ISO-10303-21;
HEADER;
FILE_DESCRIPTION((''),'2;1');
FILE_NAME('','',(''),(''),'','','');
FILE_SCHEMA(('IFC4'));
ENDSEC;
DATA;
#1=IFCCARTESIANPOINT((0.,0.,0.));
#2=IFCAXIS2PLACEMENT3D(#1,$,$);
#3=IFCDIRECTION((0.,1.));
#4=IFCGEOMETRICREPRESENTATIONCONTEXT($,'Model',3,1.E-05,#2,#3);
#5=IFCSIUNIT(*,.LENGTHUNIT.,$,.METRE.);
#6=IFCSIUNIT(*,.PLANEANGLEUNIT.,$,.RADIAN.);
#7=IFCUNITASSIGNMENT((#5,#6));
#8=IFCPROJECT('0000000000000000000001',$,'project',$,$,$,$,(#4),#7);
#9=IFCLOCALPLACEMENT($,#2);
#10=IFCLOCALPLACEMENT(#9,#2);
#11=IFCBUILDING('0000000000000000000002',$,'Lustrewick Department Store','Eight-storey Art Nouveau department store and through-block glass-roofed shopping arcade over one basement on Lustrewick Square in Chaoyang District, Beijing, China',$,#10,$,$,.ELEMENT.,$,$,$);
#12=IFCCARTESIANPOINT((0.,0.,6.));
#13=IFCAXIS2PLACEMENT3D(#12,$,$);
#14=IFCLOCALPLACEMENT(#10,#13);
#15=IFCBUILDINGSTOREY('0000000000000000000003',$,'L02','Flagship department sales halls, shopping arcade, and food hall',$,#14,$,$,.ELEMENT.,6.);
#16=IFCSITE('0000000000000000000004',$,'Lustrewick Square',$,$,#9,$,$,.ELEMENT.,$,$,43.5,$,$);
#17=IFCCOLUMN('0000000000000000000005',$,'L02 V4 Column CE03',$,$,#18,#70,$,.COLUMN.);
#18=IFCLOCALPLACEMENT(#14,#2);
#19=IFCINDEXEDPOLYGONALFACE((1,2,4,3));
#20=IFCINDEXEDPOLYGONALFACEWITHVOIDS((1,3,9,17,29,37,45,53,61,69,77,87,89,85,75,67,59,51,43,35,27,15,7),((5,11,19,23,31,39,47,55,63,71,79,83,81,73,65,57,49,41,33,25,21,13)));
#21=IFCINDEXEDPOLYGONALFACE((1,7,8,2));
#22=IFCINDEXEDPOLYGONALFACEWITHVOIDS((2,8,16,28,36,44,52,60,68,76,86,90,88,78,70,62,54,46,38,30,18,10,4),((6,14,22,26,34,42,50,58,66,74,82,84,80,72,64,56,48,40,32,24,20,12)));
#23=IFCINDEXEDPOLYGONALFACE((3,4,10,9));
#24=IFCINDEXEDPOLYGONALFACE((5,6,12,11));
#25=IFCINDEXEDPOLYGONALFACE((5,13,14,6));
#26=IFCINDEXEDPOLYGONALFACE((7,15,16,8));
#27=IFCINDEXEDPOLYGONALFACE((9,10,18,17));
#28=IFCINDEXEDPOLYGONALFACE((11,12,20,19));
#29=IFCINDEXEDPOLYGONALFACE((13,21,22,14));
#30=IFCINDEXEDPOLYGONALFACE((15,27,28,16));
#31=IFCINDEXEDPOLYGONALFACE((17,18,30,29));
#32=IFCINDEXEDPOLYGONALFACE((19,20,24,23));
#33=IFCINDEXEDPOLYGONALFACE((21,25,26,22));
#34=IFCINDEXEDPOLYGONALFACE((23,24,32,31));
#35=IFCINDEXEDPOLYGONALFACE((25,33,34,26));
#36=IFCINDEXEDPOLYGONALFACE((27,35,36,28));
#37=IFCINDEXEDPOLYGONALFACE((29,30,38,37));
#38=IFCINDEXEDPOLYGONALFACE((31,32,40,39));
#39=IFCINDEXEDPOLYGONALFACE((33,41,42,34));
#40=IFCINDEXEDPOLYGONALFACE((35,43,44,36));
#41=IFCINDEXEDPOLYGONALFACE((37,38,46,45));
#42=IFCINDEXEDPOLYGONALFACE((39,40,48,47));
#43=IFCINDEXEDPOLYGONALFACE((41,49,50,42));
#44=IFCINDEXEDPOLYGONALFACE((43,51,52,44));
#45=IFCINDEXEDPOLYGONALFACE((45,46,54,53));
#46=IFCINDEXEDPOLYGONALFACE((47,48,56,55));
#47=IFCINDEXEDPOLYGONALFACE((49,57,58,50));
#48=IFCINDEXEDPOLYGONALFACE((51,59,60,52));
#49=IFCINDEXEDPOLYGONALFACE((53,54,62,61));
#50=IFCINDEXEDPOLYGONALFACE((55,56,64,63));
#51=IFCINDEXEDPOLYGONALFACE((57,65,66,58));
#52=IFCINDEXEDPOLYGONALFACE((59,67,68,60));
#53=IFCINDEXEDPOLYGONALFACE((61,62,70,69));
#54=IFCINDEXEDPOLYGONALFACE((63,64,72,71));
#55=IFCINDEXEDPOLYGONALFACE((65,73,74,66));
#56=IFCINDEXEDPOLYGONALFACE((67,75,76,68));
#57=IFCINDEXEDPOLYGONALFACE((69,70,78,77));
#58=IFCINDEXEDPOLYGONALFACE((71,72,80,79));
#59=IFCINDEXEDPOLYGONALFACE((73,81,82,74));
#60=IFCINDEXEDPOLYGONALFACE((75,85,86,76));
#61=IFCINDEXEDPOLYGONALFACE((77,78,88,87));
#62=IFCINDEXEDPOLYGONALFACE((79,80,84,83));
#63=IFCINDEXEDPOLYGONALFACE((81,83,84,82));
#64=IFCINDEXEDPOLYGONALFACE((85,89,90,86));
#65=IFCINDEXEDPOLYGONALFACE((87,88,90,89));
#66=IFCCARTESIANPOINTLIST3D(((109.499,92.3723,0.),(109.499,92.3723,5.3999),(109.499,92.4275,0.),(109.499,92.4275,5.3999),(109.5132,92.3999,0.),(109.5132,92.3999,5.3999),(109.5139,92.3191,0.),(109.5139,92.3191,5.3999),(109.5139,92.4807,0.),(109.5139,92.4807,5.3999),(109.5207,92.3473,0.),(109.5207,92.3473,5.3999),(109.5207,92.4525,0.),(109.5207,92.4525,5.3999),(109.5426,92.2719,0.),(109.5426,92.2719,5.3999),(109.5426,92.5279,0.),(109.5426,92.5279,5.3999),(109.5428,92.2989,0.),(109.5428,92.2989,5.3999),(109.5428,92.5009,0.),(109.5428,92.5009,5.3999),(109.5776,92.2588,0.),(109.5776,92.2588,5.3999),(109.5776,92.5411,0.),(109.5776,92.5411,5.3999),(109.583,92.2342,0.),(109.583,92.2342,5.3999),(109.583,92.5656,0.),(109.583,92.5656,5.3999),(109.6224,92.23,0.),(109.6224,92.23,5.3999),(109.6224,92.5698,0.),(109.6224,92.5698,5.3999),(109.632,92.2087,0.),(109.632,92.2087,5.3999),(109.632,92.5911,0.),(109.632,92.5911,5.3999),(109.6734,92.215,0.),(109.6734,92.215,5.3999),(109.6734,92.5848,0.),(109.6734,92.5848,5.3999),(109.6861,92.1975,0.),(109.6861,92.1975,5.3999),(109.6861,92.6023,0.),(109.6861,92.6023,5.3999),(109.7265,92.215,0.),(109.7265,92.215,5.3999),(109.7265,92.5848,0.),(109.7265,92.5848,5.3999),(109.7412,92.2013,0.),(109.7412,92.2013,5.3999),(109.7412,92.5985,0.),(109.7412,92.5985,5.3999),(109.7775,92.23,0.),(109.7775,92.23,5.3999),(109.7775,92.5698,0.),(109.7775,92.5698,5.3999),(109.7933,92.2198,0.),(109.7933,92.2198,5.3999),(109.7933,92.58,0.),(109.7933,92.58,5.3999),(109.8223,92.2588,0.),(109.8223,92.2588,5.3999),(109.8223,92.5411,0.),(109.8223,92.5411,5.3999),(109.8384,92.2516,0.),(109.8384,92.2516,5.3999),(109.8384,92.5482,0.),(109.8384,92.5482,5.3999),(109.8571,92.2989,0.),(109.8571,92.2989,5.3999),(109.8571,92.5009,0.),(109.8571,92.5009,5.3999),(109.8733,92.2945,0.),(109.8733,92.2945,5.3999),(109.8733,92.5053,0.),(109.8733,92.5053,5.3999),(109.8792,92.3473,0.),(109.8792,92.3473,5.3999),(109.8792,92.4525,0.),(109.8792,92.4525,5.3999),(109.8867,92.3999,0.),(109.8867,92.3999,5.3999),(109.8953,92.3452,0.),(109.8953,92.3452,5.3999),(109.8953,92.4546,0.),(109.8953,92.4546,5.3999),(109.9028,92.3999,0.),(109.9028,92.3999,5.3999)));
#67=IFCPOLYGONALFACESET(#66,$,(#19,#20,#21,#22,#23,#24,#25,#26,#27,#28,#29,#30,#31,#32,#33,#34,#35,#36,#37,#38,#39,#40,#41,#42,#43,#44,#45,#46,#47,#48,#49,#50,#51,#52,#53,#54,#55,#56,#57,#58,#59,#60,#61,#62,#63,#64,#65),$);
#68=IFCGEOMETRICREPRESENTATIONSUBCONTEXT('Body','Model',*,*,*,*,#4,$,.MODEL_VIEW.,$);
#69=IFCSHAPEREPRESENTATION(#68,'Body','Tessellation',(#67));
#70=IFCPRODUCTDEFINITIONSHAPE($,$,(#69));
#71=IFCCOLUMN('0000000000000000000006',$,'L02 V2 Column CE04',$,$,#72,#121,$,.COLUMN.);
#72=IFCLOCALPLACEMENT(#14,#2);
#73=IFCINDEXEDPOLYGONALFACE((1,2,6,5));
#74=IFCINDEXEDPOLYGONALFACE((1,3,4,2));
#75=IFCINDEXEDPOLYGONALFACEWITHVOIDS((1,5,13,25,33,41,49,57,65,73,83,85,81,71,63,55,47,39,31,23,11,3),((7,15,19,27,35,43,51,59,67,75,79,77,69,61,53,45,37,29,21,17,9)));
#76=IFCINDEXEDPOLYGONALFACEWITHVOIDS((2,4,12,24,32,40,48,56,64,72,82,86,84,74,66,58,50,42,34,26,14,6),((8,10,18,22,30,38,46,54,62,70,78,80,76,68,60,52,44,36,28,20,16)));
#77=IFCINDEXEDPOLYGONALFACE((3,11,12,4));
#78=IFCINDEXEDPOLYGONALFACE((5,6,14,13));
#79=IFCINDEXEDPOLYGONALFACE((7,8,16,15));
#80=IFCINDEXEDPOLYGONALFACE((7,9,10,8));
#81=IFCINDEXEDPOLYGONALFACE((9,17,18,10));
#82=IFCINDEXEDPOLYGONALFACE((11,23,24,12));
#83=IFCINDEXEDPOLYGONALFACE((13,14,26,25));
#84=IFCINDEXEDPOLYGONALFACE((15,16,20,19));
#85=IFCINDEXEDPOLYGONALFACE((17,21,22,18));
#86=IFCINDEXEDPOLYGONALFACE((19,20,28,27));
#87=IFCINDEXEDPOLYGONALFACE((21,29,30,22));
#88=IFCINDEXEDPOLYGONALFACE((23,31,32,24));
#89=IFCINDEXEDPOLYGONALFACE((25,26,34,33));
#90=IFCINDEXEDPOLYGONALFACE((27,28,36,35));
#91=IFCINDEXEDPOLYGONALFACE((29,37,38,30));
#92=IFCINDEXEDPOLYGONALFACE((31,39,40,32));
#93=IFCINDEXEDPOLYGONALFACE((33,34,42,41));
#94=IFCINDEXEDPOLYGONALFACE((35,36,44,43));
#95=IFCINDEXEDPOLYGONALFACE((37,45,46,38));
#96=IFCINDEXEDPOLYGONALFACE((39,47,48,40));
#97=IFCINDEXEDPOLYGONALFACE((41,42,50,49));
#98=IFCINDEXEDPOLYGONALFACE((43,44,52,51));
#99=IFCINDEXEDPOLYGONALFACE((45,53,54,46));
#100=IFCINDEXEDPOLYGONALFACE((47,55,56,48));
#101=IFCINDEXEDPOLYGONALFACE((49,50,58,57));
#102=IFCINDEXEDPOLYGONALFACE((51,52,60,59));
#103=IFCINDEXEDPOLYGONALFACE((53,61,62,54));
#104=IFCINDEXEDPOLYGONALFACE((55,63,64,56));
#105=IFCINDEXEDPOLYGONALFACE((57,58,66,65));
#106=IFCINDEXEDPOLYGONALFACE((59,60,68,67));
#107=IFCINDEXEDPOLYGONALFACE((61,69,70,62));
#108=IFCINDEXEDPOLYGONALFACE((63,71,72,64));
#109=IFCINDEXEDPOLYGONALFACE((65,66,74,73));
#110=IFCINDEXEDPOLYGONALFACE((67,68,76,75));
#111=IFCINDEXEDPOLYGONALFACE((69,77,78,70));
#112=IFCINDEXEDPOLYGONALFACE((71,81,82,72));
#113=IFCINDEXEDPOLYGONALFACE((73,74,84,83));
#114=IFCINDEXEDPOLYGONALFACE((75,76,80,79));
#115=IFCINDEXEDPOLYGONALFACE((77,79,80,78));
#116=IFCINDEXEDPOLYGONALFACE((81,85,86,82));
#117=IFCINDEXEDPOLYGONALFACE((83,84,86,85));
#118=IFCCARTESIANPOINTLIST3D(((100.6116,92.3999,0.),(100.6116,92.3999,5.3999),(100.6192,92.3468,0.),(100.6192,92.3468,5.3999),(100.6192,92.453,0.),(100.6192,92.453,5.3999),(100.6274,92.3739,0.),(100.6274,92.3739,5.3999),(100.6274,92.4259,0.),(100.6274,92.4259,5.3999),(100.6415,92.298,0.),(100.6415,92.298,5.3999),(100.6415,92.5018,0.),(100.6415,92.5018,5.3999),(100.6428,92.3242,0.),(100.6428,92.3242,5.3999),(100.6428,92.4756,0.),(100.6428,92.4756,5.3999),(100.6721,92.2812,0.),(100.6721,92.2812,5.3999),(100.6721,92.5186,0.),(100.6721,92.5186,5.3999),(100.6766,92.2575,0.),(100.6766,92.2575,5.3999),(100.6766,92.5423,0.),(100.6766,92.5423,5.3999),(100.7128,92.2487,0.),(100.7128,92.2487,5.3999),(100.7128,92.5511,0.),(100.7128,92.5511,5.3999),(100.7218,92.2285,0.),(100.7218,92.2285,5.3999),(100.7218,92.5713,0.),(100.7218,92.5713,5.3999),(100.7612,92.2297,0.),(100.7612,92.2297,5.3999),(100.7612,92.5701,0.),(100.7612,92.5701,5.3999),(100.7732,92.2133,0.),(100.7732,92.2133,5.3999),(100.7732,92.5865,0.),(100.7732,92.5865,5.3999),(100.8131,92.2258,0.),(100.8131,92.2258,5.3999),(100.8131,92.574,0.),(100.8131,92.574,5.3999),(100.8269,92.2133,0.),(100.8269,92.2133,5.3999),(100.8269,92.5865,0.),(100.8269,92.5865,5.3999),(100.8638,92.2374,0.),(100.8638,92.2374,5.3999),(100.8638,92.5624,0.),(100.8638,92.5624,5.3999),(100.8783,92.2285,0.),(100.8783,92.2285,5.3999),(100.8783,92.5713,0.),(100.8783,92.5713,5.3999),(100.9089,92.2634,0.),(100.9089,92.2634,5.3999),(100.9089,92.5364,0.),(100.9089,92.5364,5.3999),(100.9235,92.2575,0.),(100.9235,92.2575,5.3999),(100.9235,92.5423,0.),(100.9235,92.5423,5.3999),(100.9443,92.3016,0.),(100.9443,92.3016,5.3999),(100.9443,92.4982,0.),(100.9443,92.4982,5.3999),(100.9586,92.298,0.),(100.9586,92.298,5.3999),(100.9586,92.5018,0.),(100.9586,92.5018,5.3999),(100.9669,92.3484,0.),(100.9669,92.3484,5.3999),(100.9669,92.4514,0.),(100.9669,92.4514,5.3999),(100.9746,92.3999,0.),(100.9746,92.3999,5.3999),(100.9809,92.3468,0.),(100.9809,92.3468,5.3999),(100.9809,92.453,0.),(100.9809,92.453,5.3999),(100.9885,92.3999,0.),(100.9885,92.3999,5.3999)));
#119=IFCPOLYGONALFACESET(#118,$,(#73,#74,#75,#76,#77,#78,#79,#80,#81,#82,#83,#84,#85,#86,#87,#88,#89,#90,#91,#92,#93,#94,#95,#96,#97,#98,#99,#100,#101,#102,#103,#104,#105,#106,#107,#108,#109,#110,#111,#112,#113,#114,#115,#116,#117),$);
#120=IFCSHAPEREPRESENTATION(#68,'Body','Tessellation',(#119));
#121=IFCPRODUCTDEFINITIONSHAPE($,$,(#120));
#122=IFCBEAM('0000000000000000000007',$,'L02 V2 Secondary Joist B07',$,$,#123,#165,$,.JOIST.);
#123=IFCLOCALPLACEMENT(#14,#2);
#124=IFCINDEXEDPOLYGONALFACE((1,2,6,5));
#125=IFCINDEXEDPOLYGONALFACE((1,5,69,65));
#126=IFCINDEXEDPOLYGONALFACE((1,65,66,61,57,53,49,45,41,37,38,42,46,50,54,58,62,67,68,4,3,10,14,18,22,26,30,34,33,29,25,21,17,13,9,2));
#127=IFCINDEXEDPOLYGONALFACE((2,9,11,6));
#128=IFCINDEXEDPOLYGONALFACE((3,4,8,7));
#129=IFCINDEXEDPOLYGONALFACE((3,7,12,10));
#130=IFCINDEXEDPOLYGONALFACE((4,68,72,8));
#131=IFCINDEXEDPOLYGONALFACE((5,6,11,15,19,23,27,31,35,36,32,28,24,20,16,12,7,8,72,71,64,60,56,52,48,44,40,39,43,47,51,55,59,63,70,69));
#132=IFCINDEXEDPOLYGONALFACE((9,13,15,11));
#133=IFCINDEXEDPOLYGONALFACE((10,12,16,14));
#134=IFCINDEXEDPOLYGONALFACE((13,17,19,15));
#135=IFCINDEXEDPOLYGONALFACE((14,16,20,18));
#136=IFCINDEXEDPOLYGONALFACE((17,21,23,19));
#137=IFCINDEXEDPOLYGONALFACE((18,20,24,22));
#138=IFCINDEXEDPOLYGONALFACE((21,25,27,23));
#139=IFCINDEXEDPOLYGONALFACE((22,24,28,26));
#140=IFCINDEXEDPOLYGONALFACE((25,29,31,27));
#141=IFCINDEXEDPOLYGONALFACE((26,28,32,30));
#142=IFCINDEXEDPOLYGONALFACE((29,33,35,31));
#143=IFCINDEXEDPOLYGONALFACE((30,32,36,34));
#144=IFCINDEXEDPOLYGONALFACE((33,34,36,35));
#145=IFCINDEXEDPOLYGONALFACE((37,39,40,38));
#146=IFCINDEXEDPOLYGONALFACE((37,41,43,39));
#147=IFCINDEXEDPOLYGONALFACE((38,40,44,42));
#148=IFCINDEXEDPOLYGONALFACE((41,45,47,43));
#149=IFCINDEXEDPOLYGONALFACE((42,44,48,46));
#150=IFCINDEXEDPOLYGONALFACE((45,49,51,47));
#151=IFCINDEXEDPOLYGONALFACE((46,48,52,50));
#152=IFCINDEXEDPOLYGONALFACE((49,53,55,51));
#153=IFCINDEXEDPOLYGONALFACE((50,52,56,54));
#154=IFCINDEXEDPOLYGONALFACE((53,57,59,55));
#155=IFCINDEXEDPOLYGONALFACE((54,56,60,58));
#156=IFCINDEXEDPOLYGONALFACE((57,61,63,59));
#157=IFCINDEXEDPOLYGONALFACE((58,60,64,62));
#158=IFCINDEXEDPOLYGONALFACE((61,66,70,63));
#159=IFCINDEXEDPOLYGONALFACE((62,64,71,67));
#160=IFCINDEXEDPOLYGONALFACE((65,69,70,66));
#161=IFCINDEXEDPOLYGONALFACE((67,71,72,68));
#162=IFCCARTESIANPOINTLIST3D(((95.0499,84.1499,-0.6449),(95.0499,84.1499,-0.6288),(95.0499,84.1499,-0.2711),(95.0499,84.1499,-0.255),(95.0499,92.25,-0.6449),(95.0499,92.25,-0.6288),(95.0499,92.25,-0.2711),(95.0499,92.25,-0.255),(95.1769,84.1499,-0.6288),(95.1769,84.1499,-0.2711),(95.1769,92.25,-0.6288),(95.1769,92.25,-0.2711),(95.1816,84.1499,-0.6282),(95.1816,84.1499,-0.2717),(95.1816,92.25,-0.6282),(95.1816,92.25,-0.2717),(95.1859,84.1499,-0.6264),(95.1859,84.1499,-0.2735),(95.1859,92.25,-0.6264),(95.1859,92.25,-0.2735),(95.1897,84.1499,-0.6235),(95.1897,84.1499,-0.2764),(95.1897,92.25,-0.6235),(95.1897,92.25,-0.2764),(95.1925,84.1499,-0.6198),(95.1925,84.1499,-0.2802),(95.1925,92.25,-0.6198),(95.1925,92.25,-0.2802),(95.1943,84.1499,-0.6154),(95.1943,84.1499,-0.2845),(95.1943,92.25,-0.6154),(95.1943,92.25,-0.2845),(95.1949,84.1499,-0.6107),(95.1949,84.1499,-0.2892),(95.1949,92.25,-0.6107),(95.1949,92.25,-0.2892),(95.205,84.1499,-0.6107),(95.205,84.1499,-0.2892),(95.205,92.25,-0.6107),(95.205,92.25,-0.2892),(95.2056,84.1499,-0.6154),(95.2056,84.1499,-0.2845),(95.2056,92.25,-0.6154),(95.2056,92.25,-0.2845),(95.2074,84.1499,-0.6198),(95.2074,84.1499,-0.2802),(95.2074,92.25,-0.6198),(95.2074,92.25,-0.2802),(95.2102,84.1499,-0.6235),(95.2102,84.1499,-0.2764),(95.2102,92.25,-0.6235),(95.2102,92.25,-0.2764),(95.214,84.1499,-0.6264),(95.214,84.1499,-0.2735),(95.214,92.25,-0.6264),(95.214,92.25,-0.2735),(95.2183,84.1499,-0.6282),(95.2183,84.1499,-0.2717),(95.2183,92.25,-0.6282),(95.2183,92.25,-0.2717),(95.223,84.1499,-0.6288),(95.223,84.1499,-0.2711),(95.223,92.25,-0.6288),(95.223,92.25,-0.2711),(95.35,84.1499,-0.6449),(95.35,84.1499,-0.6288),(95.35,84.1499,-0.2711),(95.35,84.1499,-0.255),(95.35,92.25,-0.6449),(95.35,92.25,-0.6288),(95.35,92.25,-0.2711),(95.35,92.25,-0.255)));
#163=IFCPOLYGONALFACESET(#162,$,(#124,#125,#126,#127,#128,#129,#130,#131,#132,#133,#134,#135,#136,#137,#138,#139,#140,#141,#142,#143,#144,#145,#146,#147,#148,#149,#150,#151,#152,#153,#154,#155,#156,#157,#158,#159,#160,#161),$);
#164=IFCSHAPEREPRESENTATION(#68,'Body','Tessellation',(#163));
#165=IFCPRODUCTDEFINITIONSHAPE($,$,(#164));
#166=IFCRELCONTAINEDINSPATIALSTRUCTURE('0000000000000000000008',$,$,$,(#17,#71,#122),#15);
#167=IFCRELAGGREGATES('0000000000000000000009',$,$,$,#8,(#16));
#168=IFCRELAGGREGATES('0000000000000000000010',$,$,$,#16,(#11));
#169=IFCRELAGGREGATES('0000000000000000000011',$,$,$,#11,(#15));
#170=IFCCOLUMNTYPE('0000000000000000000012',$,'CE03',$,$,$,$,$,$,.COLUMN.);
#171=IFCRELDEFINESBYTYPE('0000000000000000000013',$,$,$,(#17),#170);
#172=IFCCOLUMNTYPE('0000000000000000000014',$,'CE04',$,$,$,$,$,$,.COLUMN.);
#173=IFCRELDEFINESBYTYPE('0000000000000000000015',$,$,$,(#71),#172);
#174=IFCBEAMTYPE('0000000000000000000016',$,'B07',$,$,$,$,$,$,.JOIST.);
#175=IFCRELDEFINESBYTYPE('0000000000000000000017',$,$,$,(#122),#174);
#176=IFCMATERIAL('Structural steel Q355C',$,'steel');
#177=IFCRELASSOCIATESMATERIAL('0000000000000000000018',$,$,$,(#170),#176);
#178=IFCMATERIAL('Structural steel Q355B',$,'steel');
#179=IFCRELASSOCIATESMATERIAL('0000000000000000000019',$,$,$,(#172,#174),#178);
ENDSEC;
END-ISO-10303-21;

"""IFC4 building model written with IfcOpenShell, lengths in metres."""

from ifc_helpers import new_model, si_unit, direction, frame, origin, origin_2d, place, context, subcontext, project, spatial, hollow_circle, i_section, extrude, material, material_profile, profile_set, type_object, element, save


model = new_model("IFC4")

# Units and contexts
model_context = context("Model", 3, precision=1e-05, world=origin(), true_north=direction((0.0, 1.0)))
body_context = subcontext(model_context, "Body", "Model", "MODEL_VIEW")
ifc_project = project(units=[si_unit("LENGTHUNIT", "METRE"), si_unit("PLANEANGLEUNIT", "RADIAN")], contexts=[model_context])

# Site, building, storey
site_placement = place(None, origin())
site = spatial("IfcSite", under=ifc_project, at=site_placement, Name="Lustrewick Square", CompositionType="ELEMENT", RefElevation=43.5)
building_placement = place(site_placement, origin())
building = spatial("IfcBuilding", under=site, at=building_placement, Name="Lustrewick Department Store", Description="Eight-storey Art Nouveau department store and through-block glass-roofed shopping arcade over one basement on Lustrewick Square in Chaoyang District, Beijing, China", CompositionType="ELEMENT")
storey_placement = place(building_placement, frame((0.0, 0.0, 6.0)))
storey = spatial("IfcBuildingStorey", under=building, at=storey_placement, Name="L02", Description="Flagship department sales halls, shopping arcade, and food hall", CompositionType="ELEMENT", Elevation=6.0)

# Columns
ifc_material_1 = material(Name="Structural steel Q355C", Category="steel")
ifc_material_profile_1 = material_profile(ifc_material_1, hollow_circle(Radius=0.2029, WallThickness=0.0161, at=origin_2d()), Name="CHS 406x16")
ifc_profile_set_1 = profile_set([ifc_material_profile_1], Name="Structural steel Q355C")
column_type_1 = type_object("IfcColumnType", Name="CE03", PredefinedType="COLUMN", material=ifc_profile_set_1)
column_1_placement = place(storey_placement, frame((109.7, 92.3999, 0.0), z_axis=(0.0, 0.0, 1.0), x_axis=(1.0, 0.0, 0.0)))
element("IfcColumn", 1, at=column_1_placement, inside=storey, type_object=column_type_1, Name="L02 V4 Column CE03", PredefinedType="COLUMN", context=body_context, shape_type="SweptSolid", body=[
    extrude(hollow_circle(Radius=0.2029, WallThickness=0.0161, at=origin_2d()), origin(), (0.0, 0.0, 1.0), 5.3999),
])
ifc_material_2 = material(Name="Structural steel Q355B", Category="steel")
ifc_material_profile_2 = material_profile(ifc_material_2, hollow_circle(Radius=0.1885, WallThickness=0.0139, at=origin_2d()), Name="CHS 377x14")
ifc_profile_set_2 = profile_set([ifc_material_profile_2], Name="Structural steel Q355B")
column_type_2 = type_object("IfcColumnType", Name="CE04", PredefinedType="COLUMN", material=ifc_profile_set_2)
column_2_placement = place(storey_placement, frame((100.8, 92.3999, 0.0), z_axis=(0.0, 0.0, 1.0), x_axis=(1.0, 0.0, 0.0)))
element("IfcColumn", 2, at=column_2_placement, inside=storey, type_object=column_type_2, Name="L02 V2 Column CE04", PredefinedType="COLUMN", context=body_context, shape_type="SweptSolid", body=[
    extrude(hollow_circle(Radius=0.1885, WallThickness=0.0139, at=origin_2d()), origin(), (0.0, 0.0, 1.0), 5.3999),
])

# Beam
ifc_material_profile_3 = material_profile(ifc_material_2, i_section(OverallWidth=0.3, OverallDepth=0.3899, WebThickness=0.01, FlangeThickness=0.0161, FilletRadius=0.0181, at=origin_2d()), Name="HM 390x300x10x16")
ifc_profile_set_3 = profile_set([ifc_material_profile_3], Name="Structural steel Q355B")
beam_type_1 = type_object("IfcBeamType", Name="B07", PredefinedType="JOIST", material=ifc_profile_set_3)
beam_1_placement = place(storey_placement, frame((95.2, 84.1499, -0.45), z_axis=(0.0, 1.0, 0.0), x_axis=(-1.0, 0.0, 0.0)))
element("IfcBeam", 3, at=beam_1_placement, inside=storey, type_object=beam_type_1, Name="L02 V2 Secondary Joist B07", PredefinedType="JOIST", context=body_context, shape_type="SweptSolid", body=[
    extrude(i_section(OverallWidth=0.3, OverallDepth=0.3899, WebThickness=0.01, FlangeThickness=0.0161, FilletRadius=0.0181, at=origin_2d()), origin(), (0.0, 0.0, 1.0), 8.1001),
])

save(model, "model.ifc")
